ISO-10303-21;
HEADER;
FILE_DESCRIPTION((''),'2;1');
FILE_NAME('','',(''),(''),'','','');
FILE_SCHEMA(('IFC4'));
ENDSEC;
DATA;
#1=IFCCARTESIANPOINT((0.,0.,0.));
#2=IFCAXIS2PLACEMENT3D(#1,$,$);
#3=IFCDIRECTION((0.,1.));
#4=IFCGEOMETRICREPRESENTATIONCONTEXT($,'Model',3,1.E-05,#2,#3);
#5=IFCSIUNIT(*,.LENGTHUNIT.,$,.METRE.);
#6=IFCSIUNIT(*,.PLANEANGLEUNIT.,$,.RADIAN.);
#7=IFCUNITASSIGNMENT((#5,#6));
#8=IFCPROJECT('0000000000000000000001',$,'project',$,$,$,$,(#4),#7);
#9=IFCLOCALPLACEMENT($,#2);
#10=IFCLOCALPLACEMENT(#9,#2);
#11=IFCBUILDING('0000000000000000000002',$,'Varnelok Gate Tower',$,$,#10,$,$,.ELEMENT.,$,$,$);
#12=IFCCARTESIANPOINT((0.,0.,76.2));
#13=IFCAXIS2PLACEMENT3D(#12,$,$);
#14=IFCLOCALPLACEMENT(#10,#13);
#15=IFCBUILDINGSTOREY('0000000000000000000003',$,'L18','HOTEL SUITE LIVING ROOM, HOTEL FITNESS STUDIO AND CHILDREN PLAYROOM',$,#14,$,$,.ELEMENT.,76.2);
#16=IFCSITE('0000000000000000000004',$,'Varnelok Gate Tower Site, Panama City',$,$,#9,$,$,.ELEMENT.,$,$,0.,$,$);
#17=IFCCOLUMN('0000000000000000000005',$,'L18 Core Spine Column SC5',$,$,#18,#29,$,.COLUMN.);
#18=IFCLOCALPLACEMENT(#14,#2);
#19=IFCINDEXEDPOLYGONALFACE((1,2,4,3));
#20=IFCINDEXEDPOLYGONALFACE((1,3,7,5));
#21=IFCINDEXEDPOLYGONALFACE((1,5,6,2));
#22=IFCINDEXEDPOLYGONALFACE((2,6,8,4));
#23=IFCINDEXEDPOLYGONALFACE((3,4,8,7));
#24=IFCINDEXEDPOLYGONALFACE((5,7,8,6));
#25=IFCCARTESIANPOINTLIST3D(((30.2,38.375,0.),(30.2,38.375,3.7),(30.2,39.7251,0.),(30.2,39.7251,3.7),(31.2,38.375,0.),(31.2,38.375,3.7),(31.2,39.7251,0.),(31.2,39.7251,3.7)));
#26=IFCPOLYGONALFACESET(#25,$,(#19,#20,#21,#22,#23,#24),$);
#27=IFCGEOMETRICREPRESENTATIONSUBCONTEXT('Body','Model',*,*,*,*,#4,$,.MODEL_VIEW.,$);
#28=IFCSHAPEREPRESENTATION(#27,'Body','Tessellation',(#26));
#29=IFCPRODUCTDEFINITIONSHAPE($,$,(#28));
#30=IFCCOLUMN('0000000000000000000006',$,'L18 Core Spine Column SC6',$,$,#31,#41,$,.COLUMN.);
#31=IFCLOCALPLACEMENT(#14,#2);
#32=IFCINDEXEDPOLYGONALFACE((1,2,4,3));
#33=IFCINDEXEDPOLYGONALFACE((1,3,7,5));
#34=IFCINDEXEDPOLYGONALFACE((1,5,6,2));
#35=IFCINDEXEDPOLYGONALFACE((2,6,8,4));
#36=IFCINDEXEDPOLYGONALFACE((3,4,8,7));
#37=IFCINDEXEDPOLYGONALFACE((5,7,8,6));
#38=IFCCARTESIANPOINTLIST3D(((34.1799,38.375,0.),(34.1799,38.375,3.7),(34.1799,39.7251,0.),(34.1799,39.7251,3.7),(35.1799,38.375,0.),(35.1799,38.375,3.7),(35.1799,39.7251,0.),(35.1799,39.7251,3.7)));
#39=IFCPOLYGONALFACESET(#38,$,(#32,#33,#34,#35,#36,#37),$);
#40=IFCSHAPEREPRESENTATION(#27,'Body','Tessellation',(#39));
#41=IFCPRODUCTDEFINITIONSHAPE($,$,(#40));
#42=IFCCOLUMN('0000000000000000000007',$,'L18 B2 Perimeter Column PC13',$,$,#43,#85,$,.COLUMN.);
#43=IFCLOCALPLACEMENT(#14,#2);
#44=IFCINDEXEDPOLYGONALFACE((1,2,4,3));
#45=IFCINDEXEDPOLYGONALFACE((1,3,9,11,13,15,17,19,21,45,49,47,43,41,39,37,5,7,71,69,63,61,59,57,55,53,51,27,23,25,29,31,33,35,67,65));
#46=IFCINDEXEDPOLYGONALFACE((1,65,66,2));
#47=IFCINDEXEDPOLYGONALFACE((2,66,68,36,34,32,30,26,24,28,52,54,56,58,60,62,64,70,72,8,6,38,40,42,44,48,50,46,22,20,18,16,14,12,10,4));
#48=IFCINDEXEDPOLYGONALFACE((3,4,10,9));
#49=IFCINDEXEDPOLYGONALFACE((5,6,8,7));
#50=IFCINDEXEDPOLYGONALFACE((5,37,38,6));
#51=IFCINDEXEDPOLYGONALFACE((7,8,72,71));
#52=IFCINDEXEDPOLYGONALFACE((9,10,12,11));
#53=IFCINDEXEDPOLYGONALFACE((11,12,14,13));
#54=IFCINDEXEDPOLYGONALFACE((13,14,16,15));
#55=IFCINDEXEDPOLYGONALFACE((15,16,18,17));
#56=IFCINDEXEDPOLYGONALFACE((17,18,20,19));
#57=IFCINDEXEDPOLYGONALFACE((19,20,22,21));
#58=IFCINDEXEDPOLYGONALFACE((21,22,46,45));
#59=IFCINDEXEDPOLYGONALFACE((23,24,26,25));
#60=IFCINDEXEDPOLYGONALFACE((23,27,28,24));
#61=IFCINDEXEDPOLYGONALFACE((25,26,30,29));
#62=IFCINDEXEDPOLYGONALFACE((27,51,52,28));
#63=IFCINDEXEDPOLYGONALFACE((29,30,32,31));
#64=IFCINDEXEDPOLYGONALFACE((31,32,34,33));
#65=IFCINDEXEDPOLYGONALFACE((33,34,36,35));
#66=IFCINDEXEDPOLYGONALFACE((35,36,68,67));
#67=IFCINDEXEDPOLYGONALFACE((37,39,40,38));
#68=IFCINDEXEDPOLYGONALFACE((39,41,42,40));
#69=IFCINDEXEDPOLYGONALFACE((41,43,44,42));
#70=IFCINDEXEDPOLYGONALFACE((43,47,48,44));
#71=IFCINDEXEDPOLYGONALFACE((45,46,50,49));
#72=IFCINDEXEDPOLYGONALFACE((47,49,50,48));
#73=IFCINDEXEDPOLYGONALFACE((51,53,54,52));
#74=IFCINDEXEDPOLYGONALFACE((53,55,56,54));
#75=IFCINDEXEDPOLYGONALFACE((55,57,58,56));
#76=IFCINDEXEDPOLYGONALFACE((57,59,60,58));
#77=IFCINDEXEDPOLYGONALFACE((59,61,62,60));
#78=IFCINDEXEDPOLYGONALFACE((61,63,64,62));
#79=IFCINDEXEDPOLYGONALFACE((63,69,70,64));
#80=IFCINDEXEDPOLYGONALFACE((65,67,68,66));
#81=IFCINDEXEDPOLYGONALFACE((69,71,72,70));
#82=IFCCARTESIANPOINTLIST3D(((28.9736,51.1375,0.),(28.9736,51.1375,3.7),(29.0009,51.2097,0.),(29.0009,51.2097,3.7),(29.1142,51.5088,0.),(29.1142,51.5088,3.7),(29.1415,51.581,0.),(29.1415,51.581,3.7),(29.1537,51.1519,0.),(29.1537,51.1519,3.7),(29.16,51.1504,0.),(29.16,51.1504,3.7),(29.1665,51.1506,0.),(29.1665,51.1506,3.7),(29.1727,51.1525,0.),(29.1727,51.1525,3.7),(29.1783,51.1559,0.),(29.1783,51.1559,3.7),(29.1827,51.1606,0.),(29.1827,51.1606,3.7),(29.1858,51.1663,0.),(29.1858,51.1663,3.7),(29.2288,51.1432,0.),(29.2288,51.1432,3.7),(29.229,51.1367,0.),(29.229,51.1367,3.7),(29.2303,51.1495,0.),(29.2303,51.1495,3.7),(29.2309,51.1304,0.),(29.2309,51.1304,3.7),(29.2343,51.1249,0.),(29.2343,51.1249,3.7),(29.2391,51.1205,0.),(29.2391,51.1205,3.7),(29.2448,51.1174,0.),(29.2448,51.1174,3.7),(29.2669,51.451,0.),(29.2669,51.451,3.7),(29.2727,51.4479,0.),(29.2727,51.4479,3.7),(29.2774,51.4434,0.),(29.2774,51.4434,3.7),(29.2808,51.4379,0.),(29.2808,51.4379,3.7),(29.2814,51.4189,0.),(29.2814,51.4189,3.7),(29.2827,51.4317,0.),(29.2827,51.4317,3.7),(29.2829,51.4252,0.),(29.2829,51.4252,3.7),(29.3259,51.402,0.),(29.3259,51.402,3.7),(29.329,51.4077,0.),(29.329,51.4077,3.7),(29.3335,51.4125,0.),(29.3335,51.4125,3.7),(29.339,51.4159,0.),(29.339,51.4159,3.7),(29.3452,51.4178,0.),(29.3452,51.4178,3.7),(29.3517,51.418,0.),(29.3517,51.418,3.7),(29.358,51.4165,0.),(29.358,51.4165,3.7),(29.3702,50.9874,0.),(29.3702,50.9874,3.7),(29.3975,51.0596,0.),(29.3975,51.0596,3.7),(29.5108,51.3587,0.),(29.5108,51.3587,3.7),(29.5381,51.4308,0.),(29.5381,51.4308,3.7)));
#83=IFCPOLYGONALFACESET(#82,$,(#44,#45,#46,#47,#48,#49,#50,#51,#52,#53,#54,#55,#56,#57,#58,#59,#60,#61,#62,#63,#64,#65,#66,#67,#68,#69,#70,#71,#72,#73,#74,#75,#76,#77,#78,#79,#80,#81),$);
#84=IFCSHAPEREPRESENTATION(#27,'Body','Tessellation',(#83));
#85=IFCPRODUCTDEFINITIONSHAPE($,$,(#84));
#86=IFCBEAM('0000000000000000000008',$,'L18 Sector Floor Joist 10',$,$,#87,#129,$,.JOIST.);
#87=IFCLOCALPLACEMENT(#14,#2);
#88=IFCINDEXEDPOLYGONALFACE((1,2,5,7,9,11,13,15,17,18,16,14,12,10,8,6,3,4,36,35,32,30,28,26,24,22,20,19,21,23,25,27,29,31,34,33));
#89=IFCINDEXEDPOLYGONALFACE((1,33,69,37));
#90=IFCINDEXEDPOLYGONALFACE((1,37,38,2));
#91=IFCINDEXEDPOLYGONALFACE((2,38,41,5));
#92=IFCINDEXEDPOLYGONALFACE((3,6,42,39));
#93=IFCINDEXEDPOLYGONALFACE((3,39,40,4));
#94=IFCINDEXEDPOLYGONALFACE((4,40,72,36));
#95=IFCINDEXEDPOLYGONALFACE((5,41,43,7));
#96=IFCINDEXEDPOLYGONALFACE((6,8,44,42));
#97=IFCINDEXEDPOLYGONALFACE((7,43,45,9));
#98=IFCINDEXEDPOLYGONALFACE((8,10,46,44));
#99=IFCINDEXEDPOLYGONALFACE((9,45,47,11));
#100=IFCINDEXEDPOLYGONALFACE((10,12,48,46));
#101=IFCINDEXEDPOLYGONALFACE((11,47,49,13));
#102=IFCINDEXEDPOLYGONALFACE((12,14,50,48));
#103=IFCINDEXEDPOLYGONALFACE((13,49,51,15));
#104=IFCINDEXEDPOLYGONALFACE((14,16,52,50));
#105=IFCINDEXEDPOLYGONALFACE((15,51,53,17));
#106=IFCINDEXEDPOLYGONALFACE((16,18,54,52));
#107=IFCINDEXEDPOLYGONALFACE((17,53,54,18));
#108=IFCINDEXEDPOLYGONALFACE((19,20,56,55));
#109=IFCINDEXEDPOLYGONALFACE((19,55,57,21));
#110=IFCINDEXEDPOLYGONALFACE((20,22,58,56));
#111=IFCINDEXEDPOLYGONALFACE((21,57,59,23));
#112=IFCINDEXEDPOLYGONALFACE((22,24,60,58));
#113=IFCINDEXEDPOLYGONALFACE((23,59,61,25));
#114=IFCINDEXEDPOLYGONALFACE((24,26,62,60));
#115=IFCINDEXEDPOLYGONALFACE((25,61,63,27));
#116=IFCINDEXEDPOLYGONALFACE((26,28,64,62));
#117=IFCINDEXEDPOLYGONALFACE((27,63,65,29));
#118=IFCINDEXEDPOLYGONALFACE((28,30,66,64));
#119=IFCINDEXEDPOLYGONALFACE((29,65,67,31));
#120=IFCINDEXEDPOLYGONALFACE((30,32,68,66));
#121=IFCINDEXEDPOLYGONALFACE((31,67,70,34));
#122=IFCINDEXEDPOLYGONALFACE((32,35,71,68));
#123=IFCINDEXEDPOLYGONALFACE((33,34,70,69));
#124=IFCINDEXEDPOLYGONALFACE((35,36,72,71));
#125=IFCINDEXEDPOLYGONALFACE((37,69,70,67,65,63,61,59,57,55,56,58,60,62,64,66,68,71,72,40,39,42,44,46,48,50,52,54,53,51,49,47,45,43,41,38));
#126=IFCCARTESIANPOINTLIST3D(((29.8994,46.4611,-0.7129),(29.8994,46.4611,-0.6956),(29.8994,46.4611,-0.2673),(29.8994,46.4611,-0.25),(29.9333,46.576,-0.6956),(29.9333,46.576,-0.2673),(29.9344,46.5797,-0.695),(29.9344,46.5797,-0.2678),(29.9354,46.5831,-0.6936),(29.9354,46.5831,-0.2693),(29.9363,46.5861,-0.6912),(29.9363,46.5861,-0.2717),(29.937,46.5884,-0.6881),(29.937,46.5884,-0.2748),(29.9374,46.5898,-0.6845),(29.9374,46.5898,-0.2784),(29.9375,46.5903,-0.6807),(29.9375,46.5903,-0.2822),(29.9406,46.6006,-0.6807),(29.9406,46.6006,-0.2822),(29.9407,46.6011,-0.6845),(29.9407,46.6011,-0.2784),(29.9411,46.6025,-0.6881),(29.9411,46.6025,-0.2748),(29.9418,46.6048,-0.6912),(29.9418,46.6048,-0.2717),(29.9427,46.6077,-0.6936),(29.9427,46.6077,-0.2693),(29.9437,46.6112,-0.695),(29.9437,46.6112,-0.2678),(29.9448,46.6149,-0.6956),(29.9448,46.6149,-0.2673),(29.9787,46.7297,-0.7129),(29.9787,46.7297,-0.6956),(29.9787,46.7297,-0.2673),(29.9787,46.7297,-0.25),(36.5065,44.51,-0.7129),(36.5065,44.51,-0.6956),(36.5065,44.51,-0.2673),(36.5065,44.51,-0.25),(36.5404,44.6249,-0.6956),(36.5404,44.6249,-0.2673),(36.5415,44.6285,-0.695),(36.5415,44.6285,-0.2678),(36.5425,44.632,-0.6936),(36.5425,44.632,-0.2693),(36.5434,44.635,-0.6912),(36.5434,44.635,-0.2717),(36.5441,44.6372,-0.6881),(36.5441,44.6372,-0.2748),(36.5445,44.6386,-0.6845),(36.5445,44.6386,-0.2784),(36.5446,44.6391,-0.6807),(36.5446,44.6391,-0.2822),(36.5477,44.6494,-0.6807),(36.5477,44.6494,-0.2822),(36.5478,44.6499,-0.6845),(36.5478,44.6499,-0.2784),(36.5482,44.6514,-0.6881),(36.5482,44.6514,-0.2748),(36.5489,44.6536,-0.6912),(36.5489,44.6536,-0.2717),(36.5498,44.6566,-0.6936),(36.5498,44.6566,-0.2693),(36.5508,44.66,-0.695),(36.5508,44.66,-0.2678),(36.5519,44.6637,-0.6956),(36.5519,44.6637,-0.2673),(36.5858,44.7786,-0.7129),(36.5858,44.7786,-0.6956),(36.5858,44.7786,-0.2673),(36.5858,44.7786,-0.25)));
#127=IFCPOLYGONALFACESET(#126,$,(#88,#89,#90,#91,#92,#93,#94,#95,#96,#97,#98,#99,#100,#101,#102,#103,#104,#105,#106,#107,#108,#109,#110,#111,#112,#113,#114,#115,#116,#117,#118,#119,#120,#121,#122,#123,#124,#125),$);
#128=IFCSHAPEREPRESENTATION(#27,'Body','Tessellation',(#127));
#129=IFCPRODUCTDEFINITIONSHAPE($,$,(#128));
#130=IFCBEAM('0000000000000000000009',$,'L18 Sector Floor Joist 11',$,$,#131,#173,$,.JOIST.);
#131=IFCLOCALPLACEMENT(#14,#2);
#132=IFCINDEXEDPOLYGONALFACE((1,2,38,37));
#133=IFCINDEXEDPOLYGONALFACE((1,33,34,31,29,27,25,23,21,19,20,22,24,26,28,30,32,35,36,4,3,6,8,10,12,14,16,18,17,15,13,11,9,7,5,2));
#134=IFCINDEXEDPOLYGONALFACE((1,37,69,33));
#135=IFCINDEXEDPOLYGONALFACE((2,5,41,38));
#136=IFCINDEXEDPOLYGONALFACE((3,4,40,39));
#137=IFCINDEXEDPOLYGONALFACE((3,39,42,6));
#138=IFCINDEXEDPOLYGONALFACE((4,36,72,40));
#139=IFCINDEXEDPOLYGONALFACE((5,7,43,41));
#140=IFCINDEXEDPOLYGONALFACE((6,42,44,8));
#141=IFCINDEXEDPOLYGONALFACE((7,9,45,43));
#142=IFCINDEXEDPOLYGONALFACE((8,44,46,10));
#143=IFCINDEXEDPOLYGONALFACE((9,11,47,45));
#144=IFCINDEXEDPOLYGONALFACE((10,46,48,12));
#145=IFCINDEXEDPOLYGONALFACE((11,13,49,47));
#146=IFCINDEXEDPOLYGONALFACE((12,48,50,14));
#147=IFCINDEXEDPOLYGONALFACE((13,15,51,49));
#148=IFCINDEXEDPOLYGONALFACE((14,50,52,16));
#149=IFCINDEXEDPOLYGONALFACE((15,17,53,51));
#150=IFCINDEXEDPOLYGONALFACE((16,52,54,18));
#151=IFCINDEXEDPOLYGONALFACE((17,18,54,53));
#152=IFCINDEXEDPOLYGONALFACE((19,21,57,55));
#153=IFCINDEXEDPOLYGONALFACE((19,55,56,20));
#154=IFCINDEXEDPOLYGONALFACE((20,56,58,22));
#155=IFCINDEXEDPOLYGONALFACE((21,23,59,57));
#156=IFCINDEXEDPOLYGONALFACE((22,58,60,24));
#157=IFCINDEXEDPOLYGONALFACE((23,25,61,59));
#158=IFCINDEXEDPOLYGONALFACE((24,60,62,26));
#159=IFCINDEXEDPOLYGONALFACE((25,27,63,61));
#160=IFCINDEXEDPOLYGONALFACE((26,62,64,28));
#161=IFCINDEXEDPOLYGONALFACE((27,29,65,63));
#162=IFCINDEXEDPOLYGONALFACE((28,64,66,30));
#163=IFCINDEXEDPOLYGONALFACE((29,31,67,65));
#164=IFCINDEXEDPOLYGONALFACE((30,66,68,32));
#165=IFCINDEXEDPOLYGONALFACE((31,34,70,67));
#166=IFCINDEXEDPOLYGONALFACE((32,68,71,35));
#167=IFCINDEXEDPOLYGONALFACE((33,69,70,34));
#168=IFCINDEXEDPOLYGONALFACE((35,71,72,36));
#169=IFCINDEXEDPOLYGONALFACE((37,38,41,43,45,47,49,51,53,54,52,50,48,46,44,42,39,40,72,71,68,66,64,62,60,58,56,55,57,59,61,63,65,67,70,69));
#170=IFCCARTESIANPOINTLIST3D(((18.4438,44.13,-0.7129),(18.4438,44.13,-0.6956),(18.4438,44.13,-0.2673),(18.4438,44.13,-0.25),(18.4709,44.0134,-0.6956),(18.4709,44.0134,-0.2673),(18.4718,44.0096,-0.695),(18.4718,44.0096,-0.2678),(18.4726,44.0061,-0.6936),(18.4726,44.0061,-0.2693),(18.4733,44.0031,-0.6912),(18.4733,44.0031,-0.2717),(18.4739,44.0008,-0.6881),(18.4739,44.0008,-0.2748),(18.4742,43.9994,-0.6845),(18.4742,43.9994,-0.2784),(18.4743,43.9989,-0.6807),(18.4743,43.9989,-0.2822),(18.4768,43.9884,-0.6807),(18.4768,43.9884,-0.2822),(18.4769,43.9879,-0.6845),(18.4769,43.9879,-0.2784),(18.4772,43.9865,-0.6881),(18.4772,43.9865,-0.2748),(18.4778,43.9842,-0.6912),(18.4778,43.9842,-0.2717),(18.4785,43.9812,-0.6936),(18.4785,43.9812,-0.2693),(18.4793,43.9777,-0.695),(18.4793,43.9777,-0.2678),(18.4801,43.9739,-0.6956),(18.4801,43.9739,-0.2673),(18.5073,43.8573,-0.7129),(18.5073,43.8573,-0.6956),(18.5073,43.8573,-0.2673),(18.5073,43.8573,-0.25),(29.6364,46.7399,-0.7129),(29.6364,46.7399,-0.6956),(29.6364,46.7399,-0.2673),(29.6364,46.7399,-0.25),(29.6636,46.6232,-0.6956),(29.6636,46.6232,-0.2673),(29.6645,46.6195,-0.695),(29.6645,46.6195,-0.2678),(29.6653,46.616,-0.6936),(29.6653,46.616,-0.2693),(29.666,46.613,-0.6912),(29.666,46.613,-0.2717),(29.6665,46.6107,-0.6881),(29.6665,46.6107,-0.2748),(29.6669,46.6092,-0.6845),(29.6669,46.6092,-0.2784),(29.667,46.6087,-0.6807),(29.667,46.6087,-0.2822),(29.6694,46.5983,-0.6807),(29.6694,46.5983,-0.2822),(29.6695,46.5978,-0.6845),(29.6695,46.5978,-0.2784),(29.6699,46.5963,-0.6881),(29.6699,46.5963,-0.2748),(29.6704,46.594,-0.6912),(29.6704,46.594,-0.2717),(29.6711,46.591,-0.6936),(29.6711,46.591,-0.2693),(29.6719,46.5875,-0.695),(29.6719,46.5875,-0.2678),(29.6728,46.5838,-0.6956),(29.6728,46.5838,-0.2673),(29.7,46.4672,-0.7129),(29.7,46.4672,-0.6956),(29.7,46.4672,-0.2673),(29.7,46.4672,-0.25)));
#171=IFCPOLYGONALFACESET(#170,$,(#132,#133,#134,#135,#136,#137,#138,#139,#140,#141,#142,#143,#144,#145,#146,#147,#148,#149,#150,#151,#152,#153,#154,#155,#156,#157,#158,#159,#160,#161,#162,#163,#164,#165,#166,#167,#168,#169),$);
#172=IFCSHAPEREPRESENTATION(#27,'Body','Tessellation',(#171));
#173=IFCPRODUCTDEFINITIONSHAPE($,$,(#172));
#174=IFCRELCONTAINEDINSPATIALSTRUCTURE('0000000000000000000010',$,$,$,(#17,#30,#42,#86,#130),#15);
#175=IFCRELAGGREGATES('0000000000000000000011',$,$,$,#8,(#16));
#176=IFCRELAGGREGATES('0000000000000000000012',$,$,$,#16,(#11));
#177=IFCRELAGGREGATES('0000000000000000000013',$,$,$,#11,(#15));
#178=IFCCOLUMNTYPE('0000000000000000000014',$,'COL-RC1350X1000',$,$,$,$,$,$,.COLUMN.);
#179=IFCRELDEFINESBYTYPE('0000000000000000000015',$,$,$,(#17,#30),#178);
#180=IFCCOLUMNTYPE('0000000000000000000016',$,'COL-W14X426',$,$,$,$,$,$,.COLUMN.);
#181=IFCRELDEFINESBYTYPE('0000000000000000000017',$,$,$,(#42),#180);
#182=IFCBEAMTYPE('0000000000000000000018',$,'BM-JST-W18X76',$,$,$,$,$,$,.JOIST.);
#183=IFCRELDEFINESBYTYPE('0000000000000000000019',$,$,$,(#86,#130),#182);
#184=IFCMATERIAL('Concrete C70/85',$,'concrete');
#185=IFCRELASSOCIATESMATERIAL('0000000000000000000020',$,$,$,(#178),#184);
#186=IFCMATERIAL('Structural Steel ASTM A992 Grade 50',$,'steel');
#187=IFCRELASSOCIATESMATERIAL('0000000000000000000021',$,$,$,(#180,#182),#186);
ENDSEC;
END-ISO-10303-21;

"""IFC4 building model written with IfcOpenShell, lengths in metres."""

from ifc_helpers import new_model, si_unit, direction, frame, origin, origin_2d, place, context, subcontext, project, spatial, rectangle, i_section, extrude, material, material_profile, profile_set, type_object, element, save


model = new_model("IFC4")

# Units and contexts
model_context = context("Model", 3, precision=1e-05, world=origin(), true_north=direction((0.0, 1.0)))
body_context = subcontext(model_context, "Body", "Model", "MODEL_VIEW")
ifc_project = project(units=[si_unit("LENGTHUNIT", "METRE"), si_unit("PLANEANGLEUNIT", "RADIAN")], contexts=[model_context])

# Site, building, storey
site_placement = place(None, origin())
site = spatial("IfcSite", under=ifc_project, at=site_placement, Name="Varnelok Gate Tower Site, Panama City", CompositionType="ELEMENT", RefElevation=0.0)
building_placement = place(site_placement, origin())
building = spatial("IfcBuilding", under=site, at=building_placement, Name="Varnelok Gate Tower", CompositionType="ELEMENT")
storey_placement = place(building_placement, frame((0.0, 0.0, 76.2)))
storey = spatial("IfcBuildingStorey", under=building, at=storey_placement, Name="L18", Description="HOTEL SUITE LIVING ROOM, HOTEL FITNESS STUDIO AND CHILDREN PLAYROOM", CompositionType="ELEMENT", Elevation=76.2)

# Columns
ifc_material_1 = material(Name="Concrete C70/85", Category="concrete")
ifc_material_profile_1 = material_profile(ifc_material_1, rectangle(XDim=1.0, YDim=1.3501, at=origin_2d()), Name="RC1350X1000")
ifc_profile_set_1 = profile_set([ifc_material_profile_1], Name="Concrete C70/85")
column_type_1 = type_object("IfcColumnType", Name="COL-RC1350X1000", PredefinedType="COLUMN", material=ifc_profile_set_1)
for number, where, z_axis, x_axis, name in (
    (1, (30.7, 39.05, 0.0), (0.0, 0.0, 1.0), (1.0, 0.0, 0.0), "L18 Core Spine Column SC5"),
    (2, (34.6799, 39.05, 0.0), (0.0, 0.0, 1.0), (1.0, 0.0, 0.0), "L18 Core Spine Column SC6"),
):
    element("IfcColumn", number, at=place(storey_placement, frame(where, z_axis=z_axis, x_axis=x_axis)), inside=storey, type_object=column_type_1, Name=name, PredefinedType="COLUMN", context=body_context, shape_type="SweptSolid", body=[
        extrude(rectangle(XDim=1.0, YDim=1.3501, at=origin_2d()), origin(), (0.0, 0.0, 1.0), 3.7),
    ])
ifc_material_2 = material(Name="Structural Steel ASTM A992 Grade 50", Category="steel")
ifc_material_profile_2 = material_profile(ifc_material_2, i_section(OverallWidth=0.4241, OverallDepth=0.4741, WebThickness=0.0476, FlangeThickness=0.0771, FilletRadius=0.0249, at=origin_2d()), Name="W14X426")
ifc_profile_set_2 = profile_set([ifc_material_profile_2], Name="Structural Steel ASTM A992 Grade 50")
column_type_2 = type_object("IfcColumnType", Name="COL-W14X426", PredefinedType="COLUMN", material=ifc_profile_set_2)
column_placement = place(storey_placement, frame((29.2559, 51.2842, 0.0), z_axis=(0.0, 0.0, 1.0), x_axis=(0.935222, -0.354063, 0.0)))
element("IfcColumn", 3, at=column_placement, inside=storey, type_object=column_type_2, Name="L18 B2 Perimeter Column PC13", PredefinedType="COLUMN", context=body_context, shape_type="SweptSolid", body=[
    extrude(i_section(OverallWidth=0.4241, OverallDepth=0.4741, WebThickness=0.0476, FlangeThickness=0.0771, FilletRadius=0.0249, at=origin_2d()), origin(), (0.0, 0.0, 1.0), 3.7),
])

# Beams
ifc_material_profile_3 = material_profile(ifc_material_2, i_section(OverallWidth=0.28, OverallDepth=0.4629, WebThickness=0.0107, FlangeThickness=0.0173, FilletRadius=0.0149, at=origin_2d()), Name="W18X76")
ifc_profile_set_3 = profile_set([ifc_material_profile_3], Name="Structural Steel ASTM A992 Grade 50")
beam_type_1 = type_object("IfcBeamType", Name="BM-JST-W18X76", PredefinedType="JOIST", material=ifc_profile_set_3)
beam_1_placement = place(storey_placement, frame((36.5461, 44.6443, -0.4814), z_axis=(-0.959055, 0.283219, 0.0), x_axis=(-0.283219, -0.959055, 0.0)))
element("IfcBeam", 4, at=beam_1_placement, inside=storey, type_object=beam_type_1, Name="L18 Sector Floor Joist 10", PredefinedType="JOIST", context=body_context, shape_type="SweptSolid", body=[
    extrude(i_section(OverallWidth=0.28, OverallDepth=0.4629, WebThickness=0.0107, FlangeThickness=0.0173, FilletRadius=0.0149, at=origin_2d()), origin(), (0.0, 0.0, 1.0), 6.8892),
])
beam_2_placement = place(storey_placement, frame((29.6682, 46.6035, -0.4814), z_axis=(-0.973875, -0.227085, 0.0), x_axis=(0.227085, -0.973875, 0.0)))
element("IfcBeam", 5, at=beam_2_placement, inside=storey, type_object=beam_type_1, Name="L18 Sector Floor Joist 11", PredefinedType="JOIST", context=body_context, shape_type="SweptSolid", body=[
    extrude(i_section(OverallWidth=0.28, OverallDepth=0.4629, WebThickness=0.0107, FlangeThickness=0.0173, FilletRadius=0.0149, at=origin_2d()), origin(), (0.0, 0.0, 1.0), 11.4929),
])

save(model, "model.ifc")
